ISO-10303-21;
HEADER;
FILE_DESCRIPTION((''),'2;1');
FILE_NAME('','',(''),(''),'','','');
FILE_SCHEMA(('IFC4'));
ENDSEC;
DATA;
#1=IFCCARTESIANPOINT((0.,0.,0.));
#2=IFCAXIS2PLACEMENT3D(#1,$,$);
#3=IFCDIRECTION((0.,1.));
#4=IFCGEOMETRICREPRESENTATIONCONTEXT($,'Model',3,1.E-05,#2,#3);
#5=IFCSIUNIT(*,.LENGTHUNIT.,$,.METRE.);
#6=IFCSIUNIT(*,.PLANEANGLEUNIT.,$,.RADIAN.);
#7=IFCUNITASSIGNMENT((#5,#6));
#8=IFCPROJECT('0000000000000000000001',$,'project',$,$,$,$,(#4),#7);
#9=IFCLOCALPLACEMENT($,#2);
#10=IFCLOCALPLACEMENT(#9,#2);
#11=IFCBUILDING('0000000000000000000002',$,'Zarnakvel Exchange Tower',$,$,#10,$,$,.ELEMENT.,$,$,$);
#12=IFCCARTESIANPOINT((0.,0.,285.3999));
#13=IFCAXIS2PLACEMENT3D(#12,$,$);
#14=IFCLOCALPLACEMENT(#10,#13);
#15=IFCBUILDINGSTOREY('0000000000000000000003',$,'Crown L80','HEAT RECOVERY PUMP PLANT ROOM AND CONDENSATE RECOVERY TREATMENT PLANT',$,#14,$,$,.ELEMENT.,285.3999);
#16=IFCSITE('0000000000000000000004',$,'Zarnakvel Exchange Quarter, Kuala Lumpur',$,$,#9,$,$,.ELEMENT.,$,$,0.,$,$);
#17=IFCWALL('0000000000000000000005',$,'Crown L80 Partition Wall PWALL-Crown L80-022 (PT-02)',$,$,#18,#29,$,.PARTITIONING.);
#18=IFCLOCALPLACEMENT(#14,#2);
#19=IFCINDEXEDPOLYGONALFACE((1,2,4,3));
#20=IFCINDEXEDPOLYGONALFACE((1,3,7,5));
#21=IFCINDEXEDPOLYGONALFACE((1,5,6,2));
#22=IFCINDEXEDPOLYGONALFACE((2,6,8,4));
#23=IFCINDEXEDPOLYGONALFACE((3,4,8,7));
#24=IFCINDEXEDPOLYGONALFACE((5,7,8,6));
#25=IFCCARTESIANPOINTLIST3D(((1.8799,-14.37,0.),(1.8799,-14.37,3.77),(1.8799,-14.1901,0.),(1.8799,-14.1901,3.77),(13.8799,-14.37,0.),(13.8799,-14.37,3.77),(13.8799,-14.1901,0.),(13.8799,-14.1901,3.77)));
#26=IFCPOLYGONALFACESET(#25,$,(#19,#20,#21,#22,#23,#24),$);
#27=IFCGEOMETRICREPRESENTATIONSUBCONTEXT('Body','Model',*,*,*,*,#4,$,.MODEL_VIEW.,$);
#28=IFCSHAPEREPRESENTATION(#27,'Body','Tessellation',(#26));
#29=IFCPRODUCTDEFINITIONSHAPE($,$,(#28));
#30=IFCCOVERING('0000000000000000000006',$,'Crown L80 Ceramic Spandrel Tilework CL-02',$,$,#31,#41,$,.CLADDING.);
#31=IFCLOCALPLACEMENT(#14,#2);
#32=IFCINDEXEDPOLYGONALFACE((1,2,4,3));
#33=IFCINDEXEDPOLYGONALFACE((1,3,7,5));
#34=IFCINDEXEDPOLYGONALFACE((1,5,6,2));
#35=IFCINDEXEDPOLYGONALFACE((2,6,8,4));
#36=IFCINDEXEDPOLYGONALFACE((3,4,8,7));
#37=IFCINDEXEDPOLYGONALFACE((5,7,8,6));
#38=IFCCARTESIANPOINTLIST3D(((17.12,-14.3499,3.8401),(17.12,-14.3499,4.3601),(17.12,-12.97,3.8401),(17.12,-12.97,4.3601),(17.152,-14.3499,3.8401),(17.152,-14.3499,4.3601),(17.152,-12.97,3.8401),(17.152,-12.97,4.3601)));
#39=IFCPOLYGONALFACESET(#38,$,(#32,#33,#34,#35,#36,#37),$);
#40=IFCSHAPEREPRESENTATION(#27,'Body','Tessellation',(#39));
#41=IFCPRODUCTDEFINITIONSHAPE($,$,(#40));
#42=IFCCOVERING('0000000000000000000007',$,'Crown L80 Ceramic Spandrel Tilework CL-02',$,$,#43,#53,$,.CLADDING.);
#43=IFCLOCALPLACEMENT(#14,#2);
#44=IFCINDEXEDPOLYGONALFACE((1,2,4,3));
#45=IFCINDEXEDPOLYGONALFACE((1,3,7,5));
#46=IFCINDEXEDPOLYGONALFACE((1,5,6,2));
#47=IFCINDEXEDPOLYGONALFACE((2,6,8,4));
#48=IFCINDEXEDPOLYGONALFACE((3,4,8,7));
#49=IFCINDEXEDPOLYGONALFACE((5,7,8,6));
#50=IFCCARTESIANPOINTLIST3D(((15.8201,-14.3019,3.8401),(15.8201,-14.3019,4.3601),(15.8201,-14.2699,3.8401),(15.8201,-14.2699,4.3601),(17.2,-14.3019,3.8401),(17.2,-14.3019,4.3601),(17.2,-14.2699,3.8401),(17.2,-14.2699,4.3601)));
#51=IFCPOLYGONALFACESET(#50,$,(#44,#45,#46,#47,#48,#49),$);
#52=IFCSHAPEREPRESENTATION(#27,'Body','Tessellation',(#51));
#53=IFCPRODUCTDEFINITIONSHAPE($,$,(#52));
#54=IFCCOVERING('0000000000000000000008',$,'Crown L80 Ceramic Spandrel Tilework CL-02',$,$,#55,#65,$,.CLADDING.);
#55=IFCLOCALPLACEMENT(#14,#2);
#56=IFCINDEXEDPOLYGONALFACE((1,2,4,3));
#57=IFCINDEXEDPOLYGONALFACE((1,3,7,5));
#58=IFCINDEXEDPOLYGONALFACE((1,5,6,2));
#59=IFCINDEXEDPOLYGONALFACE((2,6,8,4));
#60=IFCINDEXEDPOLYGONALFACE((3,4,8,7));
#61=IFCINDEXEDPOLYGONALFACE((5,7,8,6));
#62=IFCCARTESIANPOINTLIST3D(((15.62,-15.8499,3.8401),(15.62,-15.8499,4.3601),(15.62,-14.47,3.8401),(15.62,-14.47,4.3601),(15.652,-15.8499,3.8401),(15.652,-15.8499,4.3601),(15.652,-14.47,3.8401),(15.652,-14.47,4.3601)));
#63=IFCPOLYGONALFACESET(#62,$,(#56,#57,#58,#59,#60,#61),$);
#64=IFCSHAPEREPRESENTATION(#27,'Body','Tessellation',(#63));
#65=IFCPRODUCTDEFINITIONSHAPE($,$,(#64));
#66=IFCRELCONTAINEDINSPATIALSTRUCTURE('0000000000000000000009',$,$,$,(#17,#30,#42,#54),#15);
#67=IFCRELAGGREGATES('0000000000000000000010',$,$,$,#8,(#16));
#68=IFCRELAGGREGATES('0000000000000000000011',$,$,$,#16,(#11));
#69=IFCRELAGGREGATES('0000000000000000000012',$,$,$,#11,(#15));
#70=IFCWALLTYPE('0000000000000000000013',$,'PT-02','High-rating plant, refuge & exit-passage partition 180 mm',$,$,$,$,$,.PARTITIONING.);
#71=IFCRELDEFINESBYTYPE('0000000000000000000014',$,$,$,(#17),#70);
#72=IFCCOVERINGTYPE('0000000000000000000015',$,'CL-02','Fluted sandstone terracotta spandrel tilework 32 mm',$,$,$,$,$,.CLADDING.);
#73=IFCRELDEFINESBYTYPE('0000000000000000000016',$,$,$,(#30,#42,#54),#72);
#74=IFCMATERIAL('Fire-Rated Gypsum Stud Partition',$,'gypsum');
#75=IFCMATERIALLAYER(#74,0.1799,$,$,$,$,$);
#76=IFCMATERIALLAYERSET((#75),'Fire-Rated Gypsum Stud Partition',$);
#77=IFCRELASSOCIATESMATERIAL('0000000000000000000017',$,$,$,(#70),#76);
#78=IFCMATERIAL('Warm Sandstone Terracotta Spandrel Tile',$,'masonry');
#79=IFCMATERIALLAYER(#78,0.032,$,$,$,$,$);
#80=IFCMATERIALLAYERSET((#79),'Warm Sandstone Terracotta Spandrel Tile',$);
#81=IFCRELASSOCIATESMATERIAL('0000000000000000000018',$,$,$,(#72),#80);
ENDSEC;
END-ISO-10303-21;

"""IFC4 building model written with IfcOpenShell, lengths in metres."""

from ifc_helpers import new_model, si_unit, direction, frame, frame_2d, origin, origin_2d, place, context, subcontext, project, spatial, rectangle, extrude, source, transform, mapped, material, layer, layer_set, type_object, element, save


model = new_model("IFC4")

# Units and contexts
model_context = context("Model", 3, precision=1e-05, world=origin(), true_north=direction((0.0, 1.0)))
body_context = subcontext(model_context, "Body", "Model", "MODEL_VIEW")
ifc_project = project(units=[si_unit("LENGTHUNIT", "METRE"), si_unit("PLANEANGLEUNIT", "RADIAN")], contexts=[model_context])

# Site, building, storey
site_placement = place(None, origin())
site = spatial("IfcSite", under=ifc_project, at=site_placement, Name="Zarnakvel Exchange Quarter, Kuala Lumpur", CompositionType="ELEMENT", RefElevation=0.0)
building_placement = place(site_placement, origin())
building = spatial("IfcBuilding", under=site, at=building_placement, Name="Zarnakvel Exchange Tower", CompositionType="ELEMENT")
storey_placement = place(building_placement, frame((0.0, 0.0, 285.3999)))
storey = spatial("IfcBuildingStorey", under=building, at=storey_placement, Name="Crown L80", Description="HEAT RECOVERY PUMP PLANT ROOM AND CONDENSATE RECOVERY TREATMENT PLANT", CompositionType="ELEMENT", Elevation=285.3999)

# Wall
ifc_material_1 = material(Name="Fire-Rated Gypsum Stud Partition", Category="gypsum")
ifc_layer_1 = layer(ifc_material_1, 0.1799)
ifc_layer_set_1 = layer_set([ifc_layer_1], Name="Fire-Rated Gypsum Stud Partition")
wall_type_1 = type_object("IfcWallType", Name="PT-02", Description="High-rating plant, refuge & exit-passage partition 180 mm", PredefinedType="PARTITIONING", material=ifc_layer_set_1)
wall_1_placement = place(storey_placement, frame((13.8799, -14.28, 0.0), z_axis=(0.0, 0.0, 1.0), x_axis=(-1.0, 0.0, 0.0)))
element("IfcWall", 1, at=wall_1_placement, inside=storey, type_object=wall_type_1, Name="Crown L80 Partition Wall PWALL-Crown L80-022 (PT-02)", PredefinedType="PARTITIONING", context=body_context, shape_type="SweptSolid", body=[
    extrude(rectangle(XDim=12.0, YDim=0.1799, at=frame_2d((6.0, 0.0))), origin(), (0.0, 0.0, 1.0), 3.77),
])

# Coverings
ifc_material_2 = material(Name="Warm Sandstone Terracotta Spandrel Tile", Category="masonry")
ifc_layer_2 = layer(ifc_material_2, 0.032)
ifc_layer_set_2 = layer_set([ifc_layer_2], Name="Warm Sandstone Terracotta Spandrel Tile")
covering_type = type_object("IfcCoveringType", Name="CL-02", Description="Fluted sandstone terracotta spandrel tilework 32 mm", PredefinedType="CLADDING", material=ifc_layer_set_2)
shared_shape_1 = source(origin(), body_context, "Body", "SweptSolid", [
    extrude(rectangle(XDim=1.3799, YDim=0.032, at=origin_2d()), origin(), (0.0, 0.0, 1.0), 0.52),
])
for number, where, z_axis, x_axis, name in (
    (2, (17.136, -13.6599, 3.8401), (0.0, 0.0, 1.0), (0.0, 1.0, 0.0), "Crown L80 Ceramic Spandrel Tilework CL-02"),
    (3, (16.51, -14.2859, 3.8401), (0.0, 0.0, 1.0), (1.0, 0.0, 0.0), "Crown L80 Ceramic Spandrel Tilework CL-02"),
    (4, (15.636, -15.1599, 3.8401), (0.0, 0.0, 1.0), (0.0, 1.0, 0.0), "Crown L80 Ceramic Spandrel Tilework CL-02"),
):
    element("IfcCovering", number, at=place(storey_placement, frame(where, z_axis=z_axis, x_axis=x_axis)), inside=storey, type_object=covering_type, Name=name, PredefinedType="CLADDING", context=body_context, shape_type="MappedRepresentation", body=[
        mapped(shared_shape_1, transform((0.0, 0.0, 0.0), x_axis=(1.0, 0.0, 0.0), y_axis=(0.0, 1.0, 0.0), z_axis=(0.0, 0.0, 1.0), scale=1.0)),
    ])

save(model, "model.ifc")
